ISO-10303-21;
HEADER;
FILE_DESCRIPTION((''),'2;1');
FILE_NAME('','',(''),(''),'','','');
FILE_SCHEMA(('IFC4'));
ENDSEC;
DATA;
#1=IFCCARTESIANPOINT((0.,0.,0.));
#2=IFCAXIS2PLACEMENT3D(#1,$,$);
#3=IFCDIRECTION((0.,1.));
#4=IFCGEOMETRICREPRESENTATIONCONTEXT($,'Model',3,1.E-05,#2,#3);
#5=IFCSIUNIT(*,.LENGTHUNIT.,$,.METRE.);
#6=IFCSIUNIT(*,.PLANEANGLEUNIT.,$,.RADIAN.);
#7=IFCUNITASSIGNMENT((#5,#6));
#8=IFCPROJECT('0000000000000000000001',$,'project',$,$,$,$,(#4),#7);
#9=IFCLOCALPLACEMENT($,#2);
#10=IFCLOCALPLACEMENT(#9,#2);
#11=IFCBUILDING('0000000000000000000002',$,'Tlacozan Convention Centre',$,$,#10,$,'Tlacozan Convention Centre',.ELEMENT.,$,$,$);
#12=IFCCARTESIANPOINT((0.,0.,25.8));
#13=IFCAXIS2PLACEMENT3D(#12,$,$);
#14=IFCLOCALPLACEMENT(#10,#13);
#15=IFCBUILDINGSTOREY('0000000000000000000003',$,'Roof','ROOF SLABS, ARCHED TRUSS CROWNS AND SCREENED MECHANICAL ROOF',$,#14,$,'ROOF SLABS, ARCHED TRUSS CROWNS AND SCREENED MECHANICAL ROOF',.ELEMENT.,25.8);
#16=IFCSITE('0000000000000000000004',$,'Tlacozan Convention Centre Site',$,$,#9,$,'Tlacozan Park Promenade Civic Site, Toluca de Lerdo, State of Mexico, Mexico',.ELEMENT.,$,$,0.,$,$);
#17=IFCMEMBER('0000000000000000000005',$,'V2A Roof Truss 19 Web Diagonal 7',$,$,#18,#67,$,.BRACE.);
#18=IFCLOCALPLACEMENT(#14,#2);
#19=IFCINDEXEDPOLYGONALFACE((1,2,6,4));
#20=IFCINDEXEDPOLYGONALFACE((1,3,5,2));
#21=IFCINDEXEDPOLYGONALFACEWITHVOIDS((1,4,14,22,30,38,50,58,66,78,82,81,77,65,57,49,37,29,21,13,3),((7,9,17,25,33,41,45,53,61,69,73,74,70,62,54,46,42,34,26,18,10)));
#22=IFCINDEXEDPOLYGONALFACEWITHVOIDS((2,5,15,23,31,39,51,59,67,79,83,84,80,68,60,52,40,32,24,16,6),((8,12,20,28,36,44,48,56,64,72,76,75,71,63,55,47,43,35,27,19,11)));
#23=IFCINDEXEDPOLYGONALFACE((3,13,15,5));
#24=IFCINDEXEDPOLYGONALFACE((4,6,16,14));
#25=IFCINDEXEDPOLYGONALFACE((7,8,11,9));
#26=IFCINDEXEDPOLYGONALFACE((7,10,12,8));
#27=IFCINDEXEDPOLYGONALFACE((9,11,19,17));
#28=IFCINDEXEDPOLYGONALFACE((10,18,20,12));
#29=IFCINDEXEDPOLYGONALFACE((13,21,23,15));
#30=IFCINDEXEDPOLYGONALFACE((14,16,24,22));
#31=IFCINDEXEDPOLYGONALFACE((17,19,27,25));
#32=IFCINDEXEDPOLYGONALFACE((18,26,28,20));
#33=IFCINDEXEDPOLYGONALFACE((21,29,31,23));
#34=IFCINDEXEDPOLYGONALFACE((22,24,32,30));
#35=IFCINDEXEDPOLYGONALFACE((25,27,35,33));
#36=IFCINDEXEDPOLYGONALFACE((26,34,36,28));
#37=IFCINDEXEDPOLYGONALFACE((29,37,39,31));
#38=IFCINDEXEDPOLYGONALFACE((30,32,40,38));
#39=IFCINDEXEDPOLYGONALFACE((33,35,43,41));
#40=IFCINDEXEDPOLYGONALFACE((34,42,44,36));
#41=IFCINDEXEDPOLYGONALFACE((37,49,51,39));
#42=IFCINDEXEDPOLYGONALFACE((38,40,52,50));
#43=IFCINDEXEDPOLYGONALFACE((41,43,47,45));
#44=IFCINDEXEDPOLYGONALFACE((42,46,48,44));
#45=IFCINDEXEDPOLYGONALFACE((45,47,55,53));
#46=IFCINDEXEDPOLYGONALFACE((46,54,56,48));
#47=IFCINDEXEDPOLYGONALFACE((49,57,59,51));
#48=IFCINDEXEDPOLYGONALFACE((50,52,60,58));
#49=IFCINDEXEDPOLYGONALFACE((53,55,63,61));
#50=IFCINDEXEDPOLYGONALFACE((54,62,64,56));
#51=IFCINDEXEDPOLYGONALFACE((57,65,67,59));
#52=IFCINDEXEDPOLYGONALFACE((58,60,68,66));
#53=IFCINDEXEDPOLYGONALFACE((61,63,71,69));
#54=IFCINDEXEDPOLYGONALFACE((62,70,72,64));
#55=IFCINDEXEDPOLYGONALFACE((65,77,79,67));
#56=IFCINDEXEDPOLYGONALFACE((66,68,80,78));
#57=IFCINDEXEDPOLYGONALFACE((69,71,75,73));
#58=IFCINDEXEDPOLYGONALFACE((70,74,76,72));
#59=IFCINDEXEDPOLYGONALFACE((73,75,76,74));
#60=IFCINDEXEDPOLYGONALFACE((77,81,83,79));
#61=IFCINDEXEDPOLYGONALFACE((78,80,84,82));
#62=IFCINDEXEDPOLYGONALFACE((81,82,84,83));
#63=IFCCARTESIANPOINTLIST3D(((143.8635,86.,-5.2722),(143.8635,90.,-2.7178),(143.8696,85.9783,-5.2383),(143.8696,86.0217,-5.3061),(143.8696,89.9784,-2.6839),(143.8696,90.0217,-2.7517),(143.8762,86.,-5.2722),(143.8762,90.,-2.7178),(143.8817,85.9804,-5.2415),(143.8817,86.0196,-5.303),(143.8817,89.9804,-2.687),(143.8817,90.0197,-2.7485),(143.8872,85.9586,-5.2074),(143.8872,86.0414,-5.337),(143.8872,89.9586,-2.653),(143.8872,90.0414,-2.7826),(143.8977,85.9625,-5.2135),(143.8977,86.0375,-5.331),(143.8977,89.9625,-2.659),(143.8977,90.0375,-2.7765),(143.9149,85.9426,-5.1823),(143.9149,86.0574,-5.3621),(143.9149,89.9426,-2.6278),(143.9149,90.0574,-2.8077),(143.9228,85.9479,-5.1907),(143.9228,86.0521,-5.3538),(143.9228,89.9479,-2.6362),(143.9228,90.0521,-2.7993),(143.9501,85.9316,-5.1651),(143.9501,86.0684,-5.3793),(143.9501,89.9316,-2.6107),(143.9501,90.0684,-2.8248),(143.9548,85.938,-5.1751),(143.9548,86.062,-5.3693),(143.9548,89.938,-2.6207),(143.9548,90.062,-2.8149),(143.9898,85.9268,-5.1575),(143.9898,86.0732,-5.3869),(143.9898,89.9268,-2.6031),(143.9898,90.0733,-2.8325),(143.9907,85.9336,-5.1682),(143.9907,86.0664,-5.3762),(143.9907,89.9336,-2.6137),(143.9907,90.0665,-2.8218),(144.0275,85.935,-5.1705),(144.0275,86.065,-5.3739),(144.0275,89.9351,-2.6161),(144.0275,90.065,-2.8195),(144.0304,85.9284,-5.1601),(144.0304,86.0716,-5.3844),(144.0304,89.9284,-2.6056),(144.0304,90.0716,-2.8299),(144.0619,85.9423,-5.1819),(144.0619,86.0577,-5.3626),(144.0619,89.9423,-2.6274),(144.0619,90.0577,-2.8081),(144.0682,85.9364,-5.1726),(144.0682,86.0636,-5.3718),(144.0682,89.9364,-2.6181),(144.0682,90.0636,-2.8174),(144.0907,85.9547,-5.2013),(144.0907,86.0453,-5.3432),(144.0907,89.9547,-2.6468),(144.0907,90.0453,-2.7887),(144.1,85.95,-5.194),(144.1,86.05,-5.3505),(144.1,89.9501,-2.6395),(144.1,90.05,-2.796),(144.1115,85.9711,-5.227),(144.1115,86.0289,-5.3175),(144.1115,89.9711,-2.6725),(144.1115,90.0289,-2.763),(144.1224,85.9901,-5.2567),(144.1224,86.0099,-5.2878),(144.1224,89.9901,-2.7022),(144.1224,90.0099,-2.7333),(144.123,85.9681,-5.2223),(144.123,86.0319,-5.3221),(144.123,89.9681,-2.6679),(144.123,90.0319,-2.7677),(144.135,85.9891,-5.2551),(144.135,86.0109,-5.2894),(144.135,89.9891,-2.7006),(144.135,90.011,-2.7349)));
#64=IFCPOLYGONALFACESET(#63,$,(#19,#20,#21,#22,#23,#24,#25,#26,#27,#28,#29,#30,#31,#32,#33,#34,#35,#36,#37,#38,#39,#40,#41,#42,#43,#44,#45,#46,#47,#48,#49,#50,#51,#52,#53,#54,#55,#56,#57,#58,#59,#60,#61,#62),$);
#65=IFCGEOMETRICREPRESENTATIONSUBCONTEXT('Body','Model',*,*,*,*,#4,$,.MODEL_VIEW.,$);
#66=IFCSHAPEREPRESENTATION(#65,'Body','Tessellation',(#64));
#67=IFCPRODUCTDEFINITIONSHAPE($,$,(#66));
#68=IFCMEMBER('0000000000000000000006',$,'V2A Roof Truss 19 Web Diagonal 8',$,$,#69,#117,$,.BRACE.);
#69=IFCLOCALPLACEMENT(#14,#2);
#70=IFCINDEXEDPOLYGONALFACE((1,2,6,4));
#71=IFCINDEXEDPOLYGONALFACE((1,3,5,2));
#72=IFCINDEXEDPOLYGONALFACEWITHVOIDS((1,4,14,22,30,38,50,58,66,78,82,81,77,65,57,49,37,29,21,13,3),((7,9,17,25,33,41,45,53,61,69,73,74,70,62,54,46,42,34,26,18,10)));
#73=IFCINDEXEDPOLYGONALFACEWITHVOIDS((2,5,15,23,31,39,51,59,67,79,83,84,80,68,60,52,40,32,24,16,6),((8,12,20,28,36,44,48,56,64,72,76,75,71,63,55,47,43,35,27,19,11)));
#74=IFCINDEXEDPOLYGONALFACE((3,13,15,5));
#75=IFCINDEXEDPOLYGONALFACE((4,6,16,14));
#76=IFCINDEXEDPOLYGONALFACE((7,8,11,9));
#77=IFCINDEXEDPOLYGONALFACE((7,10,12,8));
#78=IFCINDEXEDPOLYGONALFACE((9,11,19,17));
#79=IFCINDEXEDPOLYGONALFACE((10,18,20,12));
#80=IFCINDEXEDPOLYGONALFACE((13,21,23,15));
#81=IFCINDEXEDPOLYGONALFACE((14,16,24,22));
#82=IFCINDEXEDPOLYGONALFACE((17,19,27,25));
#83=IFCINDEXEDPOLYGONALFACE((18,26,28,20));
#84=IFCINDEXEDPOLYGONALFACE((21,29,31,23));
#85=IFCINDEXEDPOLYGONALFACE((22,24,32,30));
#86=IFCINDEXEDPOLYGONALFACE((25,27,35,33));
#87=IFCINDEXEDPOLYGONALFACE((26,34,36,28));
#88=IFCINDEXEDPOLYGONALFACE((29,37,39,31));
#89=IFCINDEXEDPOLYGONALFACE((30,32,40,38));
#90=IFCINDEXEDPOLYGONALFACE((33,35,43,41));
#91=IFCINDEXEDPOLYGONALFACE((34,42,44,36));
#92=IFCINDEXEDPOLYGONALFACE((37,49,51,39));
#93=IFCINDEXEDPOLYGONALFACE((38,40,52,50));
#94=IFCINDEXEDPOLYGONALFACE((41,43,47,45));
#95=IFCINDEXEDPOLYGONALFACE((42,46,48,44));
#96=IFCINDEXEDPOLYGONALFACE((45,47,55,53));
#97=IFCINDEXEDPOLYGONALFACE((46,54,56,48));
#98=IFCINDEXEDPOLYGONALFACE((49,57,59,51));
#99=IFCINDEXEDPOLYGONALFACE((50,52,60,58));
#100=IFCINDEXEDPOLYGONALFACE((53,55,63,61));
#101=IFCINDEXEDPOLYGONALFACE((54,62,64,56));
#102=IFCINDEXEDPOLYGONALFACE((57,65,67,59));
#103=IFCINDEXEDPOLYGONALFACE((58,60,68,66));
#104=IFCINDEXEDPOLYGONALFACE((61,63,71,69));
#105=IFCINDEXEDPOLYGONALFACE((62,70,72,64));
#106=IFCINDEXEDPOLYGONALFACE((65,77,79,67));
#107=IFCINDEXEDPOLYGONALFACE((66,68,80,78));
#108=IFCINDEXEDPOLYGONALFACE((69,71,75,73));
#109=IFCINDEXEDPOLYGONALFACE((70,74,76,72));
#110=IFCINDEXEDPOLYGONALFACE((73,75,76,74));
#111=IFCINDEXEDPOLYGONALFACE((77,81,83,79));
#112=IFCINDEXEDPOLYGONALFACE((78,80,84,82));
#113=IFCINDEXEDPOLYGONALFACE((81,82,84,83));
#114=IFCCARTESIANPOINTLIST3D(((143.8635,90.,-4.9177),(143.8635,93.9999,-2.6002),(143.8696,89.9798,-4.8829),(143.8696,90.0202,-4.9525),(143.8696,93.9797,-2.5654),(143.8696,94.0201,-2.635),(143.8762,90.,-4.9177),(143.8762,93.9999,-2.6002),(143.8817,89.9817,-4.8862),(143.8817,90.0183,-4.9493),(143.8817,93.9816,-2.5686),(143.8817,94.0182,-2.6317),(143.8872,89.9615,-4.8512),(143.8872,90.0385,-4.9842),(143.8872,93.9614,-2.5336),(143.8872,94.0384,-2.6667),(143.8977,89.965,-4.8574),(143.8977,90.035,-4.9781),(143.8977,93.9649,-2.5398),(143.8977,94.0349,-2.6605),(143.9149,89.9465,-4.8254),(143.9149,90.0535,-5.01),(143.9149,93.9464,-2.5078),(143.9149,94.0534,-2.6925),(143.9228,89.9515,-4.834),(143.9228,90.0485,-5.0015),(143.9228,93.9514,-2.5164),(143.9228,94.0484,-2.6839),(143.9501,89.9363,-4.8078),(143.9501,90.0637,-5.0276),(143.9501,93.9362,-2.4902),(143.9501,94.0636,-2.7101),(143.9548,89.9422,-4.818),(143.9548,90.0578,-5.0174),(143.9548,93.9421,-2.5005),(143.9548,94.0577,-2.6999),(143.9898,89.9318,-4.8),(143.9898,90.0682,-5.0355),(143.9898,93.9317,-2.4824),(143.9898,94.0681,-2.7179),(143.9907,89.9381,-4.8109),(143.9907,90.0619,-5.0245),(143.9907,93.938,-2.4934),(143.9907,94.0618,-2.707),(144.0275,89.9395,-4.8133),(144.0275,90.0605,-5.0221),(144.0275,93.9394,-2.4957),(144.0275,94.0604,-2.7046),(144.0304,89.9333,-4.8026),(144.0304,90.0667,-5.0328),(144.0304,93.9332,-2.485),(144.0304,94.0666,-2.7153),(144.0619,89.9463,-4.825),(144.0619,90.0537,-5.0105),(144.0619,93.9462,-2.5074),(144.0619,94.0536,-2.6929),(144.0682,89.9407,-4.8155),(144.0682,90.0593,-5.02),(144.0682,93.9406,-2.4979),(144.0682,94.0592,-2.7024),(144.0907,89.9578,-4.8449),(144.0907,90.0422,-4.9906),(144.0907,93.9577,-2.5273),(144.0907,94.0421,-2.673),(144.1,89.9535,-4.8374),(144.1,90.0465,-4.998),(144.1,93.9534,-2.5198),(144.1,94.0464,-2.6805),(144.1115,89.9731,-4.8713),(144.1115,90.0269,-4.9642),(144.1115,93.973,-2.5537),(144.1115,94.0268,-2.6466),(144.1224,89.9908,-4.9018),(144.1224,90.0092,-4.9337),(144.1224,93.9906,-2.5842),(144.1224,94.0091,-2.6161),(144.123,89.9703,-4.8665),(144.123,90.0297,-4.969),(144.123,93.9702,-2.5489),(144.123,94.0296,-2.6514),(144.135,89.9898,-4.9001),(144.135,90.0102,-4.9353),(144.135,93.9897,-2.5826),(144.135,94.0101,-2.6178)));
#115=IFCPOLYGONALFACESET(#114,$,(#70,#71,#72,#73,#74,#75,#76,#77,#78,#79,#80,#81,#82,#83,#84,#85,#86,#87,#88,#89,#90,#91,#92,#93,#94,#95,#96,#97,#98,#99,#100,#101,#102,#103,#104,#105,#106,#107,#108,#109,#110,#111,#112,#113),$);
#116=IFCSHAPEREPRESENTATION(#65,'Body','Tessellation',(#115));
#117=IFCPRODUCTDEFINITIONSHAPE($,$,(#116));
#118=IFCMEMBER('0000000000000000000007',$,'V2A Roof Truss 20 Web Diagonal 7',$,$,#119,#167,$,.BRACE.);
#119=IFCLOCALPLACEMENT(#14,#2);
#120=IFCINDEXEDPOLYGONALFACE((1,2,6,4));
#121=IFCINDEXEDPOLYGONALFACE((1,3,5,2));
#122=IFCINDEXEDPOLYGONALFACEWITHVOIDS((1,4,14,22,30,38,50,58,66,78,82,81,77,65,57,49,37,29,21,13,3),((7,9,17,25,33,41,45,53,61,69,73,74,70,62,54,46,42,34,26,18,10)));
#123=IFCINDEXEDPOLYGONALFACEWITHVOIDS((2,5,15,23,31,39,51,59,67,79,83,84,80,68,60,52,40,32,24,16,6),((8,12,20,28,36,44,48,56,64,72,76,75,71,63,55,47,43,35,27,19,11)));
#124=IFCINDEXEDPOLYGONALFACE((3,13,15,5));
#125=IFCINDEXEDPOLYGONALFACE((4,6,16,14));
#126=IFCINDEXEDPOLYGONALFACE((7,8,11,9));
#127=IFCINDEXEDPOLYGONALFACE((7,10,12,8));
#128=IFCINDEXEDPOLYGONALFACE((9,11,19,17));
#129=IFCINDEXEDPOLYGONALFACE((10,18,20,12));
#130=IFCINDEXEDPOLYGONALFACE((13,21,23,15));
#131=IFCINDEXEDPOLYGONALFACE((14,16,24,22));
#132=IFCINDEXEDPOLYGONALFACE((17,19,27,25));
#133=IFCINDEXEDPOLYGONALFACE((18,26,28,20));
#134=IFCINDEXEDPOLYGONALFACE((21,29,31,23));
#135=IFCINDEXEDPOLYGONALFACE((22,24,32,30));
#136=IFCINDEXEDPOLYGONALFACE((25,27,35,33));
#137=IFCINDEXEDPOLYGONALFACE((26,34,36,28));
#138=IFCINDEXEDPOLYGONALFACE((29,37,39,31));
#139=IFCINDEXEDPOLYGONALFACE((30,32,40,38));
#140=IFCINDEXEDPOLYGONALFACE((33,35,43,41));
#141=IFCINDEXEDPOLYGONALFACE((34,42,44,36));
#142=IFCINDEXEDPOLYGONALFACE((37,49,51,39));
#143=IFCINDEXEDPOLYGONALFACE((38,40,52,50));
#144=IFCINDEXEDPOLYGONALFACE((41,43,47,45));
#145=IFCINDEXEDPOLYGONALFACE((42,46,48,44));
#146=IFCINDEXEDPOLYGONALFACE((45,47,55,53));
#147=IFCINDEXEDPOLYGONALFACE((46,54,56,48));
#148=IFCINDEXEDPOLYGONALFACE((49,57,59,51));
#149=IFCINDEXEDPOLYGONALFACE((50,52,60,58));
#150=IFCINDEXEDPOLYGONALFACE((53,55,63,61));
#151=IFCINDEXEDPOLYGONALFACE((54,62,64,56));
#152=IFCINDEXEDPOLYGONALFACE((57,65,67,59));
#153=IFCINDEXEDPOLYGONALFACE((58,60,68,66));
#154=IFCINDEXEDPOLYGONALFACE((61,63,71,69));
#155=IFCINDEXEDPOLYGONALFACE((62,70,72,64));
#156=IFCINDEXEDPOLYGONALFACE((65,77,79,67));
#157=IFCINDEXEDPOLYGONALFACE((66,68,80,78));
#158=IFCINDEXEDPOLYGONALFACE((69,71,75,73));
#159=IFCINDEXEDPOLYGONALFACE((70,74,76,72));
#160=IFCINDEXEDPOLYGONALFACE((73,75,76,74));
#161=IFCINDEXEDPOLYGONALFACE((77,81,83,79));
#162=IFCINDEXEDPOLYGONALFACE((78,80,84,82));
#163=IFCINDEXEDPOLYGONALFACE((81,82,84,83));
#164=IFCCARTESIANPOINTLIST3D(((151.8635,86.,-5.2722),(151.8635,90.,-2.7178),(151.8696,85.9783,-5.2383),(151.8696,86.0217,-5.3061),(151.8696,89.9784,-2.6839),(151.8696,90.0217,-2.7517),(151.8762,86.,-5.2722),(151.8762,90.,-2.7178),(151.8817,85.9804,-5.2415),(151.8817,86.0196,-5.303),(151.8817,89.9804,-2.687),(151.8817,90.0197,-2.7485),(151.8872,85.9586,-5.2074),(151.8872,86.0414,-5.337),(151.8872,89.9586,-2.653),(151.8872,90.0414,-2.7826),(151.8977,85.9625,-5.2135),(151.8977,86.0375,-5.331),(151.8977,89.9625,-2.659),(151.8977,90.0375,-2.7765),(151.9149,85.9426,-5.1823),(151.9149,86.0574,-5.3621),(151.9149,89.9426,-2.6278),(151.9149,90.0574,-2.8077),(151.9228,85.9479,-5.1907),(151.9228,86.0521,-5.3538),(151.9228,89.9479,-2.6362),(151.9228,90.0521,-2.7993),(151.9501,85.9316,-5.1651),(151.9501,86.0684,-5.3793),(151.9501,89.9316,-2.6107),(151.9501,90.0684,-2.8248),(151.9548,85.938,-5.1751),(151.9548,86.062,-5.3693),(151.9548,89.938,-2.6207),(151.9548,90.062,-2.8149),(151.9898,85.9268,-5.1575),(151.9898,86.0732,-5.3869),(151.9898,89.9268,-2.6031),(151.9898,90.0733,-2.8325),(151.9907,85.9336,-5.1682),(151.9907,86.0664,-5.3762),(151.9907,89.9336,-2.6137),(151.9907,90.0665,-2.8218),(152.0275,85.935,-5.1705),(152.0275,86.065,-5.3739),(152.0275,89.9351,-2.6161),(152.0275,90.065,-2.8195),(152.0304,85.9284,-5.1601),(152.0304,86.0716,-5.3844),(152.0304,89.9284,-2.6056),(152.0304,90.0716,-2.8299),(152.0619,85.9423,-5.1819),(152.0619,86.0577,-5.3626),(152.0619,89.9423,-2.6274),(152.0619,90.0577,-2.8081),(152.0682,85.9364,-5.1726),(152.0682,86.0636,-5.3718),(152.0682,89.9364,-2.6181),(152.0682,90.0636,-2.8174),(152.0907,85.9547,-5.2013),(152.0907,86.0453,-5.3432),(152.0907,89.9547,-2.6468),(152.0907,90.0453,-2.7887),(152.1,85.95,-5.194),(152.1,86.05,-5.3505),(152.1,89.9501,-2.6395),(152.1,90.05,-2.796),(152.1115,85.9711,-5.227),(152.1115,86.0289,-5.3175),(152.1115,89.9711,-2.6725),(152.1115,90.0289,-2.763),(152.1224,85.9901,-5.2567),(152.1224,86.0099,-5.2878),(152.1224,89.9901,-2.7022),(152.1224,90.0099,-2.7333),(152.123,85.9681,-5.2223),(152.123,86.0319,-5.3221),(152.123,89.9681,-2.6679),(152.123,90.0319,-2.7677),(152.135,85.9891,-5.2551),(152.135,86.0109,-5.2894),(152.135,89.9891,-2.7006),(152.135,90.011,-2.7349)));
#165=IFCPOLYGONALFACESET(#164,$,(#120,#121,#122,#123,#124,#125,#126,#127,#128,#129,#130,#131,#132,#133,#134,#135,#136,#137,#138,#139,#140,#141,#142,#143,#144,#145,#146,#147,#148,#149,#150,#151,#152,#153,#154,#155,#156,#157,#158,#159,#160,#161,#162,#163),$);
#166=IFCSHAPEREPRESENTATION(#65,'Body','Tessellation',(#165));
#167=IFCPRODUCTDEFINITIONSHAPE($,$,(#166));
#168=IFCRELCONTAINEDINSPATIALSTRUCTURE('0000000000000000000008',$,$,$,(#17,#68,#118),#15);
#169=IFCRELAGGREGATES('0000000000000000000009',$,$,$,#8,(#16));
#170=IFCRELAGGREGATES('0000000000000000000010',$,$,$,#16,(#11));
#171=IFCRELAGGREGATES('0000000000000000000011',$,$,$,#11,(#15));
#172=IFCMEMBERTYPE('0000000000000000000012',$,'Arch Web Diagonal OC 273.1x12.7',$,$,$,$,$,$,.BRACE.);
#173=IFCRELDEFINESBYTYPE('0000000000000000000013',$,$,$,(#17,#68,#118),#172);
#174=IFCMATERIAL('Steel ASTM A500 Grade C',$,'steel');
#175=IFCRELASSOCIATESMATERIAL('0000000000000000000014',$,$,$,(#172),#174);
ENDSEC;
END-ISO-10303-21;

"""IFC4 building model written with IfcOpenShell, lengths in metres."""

from ifc_helpers import new_model, si_unit, direction, frame, origin, origin_2d, place, context, subcontext, project, spatial, hollow_circle, extrude, material, material_profile, profile_set, type_object, element, save


model = new_model("IFC4")

# Units and contexts
model_context = context("Model", 3, precision=1e-05, world=origin(), true_north=direction((0.0, 1.0)))
body_context = subcontext(model_context, "Body", "Model", "MODEL_VIEW")
ifc_project = project(units=[si_unit("LENGTHUNIT", "METRE"), si_unit("PLANEANGLEUNIT", "RADIAN")], contexts=[model_context])

# Site, building, storey
site_placement = place(None, origin())
site = spatial("IfcSite", under=ifc_project, at=site_placement, Name="Tlacozan Convention Centre Site", LongName="Tlacozan Park Promenade Civic Site, Toluca de Lerdo, State of Mexico, Mexico", CompositionType="ELEMENT", RefElevation=0.0)
building_placement = place(site_placement, origin())
building = spatial("IfcBuilding", under=site, at=building_placement, Name="Tlacozan Convention Centre", LongName="Tlacozan Convention Centre", CompositionType="ELEMENT")
storey_placement = place(building_placement, frame((0.0, 0.0, 25.8)))
storey = spatial("IfcBuildingStorey", under=building, at=storey_placement, Name="Roof", Description="ROOF SLABS, ARCHED TRUSS CROWNS AND SCREENED MECHANICAL ROOF", LongName="ROOF SLABS, ARCHED TRUSS CROWNS AND SCREENED MECHANICAL ROOF", CompositionType="ELEMENT", Elevation=25.8)

# Members
ifc_material_1 = material(Name="Steel ASTM A500 Grade C", Category="steel")
ifc_material_profile_1 = material_profile(ifc_material_1, hollow_circle(Radius=0.1365, WallThickness=0.0127, at=origin_2d()), Name="OC 273.1x12.7")
ifc_profile_set_1 = profile_set([ifc_material_profile_1], Name="Steel ASTM A500 Grade C")
member_type_1 = type_object("IfcMemberType", Name="Arch Web Diagonal OC 273.1x12.7", PredefinedType="BRACE", material=ifc_profile_set_1)
member_1_placement = place(storey_placement, frame((144.0, 86.0, -5.2722), z_axis=(0.0, 0.842803, 0.538223), x_axis=(-1.0, 0.0, 0.0)))
element("IfcMember", 1, at=member_1_placement, inside=storey, type_object=member_type_1, Name="V2A Roof Truss 19 Web Diagonal 7", PredefinedType="BRACE", context=body_context, shape_type="SweptSolid", body=[
    extrude(hollow_circle(Radius=0.1365, WallThickness=0.0127, at=origin_2d()), origin(), (0.0, 0.0, 1.0), 4.7461),
])
member_2_placement = place(storey_placement, frame((144.0, 90.0, -4.9177), z_axis=(0.0, 0.865254, 0.501334), x_axis=(-1.0, 0.0, 0.0)))
element("IfcMember", 2, at=member_2_placement, inside=storey, type_object=member_type_1, Name="V2A Roof Truss 19 Web Diagonal 8", PredefinedType="BRACE", context=body_context, shape_type="SweptSolid", body=[
    extrude(hollow_circle(Radius=0.1365, WallThickness=0.0127, at=origin_2d()), origin(), (0.0, 0.0, 1.0), 4.6228),
])
member_3_placement = place(storey_placement, frame((152.0, 86.0, -5.2722), z_axis=(0.0, 0.842803, 0.538223), x_axis=(-1.0, 0.0, 0.0)))
element("IfcMember", 3, at=member_3_placement, inside=storey, type_object=member_type_1, Name="V2A Roof Truss 20 Web Diagonal 7", PredefinedType="BRACE", context=body_context, shape_type="SweptSolid", body=[
    extrude(hollow_circle(Radius=0.1365, WallThickness=0.0127, at=origin_2d()), origin(), (0.0, 0.0, 1.0), 4.7461),
])

save(model, "model.ifc")
